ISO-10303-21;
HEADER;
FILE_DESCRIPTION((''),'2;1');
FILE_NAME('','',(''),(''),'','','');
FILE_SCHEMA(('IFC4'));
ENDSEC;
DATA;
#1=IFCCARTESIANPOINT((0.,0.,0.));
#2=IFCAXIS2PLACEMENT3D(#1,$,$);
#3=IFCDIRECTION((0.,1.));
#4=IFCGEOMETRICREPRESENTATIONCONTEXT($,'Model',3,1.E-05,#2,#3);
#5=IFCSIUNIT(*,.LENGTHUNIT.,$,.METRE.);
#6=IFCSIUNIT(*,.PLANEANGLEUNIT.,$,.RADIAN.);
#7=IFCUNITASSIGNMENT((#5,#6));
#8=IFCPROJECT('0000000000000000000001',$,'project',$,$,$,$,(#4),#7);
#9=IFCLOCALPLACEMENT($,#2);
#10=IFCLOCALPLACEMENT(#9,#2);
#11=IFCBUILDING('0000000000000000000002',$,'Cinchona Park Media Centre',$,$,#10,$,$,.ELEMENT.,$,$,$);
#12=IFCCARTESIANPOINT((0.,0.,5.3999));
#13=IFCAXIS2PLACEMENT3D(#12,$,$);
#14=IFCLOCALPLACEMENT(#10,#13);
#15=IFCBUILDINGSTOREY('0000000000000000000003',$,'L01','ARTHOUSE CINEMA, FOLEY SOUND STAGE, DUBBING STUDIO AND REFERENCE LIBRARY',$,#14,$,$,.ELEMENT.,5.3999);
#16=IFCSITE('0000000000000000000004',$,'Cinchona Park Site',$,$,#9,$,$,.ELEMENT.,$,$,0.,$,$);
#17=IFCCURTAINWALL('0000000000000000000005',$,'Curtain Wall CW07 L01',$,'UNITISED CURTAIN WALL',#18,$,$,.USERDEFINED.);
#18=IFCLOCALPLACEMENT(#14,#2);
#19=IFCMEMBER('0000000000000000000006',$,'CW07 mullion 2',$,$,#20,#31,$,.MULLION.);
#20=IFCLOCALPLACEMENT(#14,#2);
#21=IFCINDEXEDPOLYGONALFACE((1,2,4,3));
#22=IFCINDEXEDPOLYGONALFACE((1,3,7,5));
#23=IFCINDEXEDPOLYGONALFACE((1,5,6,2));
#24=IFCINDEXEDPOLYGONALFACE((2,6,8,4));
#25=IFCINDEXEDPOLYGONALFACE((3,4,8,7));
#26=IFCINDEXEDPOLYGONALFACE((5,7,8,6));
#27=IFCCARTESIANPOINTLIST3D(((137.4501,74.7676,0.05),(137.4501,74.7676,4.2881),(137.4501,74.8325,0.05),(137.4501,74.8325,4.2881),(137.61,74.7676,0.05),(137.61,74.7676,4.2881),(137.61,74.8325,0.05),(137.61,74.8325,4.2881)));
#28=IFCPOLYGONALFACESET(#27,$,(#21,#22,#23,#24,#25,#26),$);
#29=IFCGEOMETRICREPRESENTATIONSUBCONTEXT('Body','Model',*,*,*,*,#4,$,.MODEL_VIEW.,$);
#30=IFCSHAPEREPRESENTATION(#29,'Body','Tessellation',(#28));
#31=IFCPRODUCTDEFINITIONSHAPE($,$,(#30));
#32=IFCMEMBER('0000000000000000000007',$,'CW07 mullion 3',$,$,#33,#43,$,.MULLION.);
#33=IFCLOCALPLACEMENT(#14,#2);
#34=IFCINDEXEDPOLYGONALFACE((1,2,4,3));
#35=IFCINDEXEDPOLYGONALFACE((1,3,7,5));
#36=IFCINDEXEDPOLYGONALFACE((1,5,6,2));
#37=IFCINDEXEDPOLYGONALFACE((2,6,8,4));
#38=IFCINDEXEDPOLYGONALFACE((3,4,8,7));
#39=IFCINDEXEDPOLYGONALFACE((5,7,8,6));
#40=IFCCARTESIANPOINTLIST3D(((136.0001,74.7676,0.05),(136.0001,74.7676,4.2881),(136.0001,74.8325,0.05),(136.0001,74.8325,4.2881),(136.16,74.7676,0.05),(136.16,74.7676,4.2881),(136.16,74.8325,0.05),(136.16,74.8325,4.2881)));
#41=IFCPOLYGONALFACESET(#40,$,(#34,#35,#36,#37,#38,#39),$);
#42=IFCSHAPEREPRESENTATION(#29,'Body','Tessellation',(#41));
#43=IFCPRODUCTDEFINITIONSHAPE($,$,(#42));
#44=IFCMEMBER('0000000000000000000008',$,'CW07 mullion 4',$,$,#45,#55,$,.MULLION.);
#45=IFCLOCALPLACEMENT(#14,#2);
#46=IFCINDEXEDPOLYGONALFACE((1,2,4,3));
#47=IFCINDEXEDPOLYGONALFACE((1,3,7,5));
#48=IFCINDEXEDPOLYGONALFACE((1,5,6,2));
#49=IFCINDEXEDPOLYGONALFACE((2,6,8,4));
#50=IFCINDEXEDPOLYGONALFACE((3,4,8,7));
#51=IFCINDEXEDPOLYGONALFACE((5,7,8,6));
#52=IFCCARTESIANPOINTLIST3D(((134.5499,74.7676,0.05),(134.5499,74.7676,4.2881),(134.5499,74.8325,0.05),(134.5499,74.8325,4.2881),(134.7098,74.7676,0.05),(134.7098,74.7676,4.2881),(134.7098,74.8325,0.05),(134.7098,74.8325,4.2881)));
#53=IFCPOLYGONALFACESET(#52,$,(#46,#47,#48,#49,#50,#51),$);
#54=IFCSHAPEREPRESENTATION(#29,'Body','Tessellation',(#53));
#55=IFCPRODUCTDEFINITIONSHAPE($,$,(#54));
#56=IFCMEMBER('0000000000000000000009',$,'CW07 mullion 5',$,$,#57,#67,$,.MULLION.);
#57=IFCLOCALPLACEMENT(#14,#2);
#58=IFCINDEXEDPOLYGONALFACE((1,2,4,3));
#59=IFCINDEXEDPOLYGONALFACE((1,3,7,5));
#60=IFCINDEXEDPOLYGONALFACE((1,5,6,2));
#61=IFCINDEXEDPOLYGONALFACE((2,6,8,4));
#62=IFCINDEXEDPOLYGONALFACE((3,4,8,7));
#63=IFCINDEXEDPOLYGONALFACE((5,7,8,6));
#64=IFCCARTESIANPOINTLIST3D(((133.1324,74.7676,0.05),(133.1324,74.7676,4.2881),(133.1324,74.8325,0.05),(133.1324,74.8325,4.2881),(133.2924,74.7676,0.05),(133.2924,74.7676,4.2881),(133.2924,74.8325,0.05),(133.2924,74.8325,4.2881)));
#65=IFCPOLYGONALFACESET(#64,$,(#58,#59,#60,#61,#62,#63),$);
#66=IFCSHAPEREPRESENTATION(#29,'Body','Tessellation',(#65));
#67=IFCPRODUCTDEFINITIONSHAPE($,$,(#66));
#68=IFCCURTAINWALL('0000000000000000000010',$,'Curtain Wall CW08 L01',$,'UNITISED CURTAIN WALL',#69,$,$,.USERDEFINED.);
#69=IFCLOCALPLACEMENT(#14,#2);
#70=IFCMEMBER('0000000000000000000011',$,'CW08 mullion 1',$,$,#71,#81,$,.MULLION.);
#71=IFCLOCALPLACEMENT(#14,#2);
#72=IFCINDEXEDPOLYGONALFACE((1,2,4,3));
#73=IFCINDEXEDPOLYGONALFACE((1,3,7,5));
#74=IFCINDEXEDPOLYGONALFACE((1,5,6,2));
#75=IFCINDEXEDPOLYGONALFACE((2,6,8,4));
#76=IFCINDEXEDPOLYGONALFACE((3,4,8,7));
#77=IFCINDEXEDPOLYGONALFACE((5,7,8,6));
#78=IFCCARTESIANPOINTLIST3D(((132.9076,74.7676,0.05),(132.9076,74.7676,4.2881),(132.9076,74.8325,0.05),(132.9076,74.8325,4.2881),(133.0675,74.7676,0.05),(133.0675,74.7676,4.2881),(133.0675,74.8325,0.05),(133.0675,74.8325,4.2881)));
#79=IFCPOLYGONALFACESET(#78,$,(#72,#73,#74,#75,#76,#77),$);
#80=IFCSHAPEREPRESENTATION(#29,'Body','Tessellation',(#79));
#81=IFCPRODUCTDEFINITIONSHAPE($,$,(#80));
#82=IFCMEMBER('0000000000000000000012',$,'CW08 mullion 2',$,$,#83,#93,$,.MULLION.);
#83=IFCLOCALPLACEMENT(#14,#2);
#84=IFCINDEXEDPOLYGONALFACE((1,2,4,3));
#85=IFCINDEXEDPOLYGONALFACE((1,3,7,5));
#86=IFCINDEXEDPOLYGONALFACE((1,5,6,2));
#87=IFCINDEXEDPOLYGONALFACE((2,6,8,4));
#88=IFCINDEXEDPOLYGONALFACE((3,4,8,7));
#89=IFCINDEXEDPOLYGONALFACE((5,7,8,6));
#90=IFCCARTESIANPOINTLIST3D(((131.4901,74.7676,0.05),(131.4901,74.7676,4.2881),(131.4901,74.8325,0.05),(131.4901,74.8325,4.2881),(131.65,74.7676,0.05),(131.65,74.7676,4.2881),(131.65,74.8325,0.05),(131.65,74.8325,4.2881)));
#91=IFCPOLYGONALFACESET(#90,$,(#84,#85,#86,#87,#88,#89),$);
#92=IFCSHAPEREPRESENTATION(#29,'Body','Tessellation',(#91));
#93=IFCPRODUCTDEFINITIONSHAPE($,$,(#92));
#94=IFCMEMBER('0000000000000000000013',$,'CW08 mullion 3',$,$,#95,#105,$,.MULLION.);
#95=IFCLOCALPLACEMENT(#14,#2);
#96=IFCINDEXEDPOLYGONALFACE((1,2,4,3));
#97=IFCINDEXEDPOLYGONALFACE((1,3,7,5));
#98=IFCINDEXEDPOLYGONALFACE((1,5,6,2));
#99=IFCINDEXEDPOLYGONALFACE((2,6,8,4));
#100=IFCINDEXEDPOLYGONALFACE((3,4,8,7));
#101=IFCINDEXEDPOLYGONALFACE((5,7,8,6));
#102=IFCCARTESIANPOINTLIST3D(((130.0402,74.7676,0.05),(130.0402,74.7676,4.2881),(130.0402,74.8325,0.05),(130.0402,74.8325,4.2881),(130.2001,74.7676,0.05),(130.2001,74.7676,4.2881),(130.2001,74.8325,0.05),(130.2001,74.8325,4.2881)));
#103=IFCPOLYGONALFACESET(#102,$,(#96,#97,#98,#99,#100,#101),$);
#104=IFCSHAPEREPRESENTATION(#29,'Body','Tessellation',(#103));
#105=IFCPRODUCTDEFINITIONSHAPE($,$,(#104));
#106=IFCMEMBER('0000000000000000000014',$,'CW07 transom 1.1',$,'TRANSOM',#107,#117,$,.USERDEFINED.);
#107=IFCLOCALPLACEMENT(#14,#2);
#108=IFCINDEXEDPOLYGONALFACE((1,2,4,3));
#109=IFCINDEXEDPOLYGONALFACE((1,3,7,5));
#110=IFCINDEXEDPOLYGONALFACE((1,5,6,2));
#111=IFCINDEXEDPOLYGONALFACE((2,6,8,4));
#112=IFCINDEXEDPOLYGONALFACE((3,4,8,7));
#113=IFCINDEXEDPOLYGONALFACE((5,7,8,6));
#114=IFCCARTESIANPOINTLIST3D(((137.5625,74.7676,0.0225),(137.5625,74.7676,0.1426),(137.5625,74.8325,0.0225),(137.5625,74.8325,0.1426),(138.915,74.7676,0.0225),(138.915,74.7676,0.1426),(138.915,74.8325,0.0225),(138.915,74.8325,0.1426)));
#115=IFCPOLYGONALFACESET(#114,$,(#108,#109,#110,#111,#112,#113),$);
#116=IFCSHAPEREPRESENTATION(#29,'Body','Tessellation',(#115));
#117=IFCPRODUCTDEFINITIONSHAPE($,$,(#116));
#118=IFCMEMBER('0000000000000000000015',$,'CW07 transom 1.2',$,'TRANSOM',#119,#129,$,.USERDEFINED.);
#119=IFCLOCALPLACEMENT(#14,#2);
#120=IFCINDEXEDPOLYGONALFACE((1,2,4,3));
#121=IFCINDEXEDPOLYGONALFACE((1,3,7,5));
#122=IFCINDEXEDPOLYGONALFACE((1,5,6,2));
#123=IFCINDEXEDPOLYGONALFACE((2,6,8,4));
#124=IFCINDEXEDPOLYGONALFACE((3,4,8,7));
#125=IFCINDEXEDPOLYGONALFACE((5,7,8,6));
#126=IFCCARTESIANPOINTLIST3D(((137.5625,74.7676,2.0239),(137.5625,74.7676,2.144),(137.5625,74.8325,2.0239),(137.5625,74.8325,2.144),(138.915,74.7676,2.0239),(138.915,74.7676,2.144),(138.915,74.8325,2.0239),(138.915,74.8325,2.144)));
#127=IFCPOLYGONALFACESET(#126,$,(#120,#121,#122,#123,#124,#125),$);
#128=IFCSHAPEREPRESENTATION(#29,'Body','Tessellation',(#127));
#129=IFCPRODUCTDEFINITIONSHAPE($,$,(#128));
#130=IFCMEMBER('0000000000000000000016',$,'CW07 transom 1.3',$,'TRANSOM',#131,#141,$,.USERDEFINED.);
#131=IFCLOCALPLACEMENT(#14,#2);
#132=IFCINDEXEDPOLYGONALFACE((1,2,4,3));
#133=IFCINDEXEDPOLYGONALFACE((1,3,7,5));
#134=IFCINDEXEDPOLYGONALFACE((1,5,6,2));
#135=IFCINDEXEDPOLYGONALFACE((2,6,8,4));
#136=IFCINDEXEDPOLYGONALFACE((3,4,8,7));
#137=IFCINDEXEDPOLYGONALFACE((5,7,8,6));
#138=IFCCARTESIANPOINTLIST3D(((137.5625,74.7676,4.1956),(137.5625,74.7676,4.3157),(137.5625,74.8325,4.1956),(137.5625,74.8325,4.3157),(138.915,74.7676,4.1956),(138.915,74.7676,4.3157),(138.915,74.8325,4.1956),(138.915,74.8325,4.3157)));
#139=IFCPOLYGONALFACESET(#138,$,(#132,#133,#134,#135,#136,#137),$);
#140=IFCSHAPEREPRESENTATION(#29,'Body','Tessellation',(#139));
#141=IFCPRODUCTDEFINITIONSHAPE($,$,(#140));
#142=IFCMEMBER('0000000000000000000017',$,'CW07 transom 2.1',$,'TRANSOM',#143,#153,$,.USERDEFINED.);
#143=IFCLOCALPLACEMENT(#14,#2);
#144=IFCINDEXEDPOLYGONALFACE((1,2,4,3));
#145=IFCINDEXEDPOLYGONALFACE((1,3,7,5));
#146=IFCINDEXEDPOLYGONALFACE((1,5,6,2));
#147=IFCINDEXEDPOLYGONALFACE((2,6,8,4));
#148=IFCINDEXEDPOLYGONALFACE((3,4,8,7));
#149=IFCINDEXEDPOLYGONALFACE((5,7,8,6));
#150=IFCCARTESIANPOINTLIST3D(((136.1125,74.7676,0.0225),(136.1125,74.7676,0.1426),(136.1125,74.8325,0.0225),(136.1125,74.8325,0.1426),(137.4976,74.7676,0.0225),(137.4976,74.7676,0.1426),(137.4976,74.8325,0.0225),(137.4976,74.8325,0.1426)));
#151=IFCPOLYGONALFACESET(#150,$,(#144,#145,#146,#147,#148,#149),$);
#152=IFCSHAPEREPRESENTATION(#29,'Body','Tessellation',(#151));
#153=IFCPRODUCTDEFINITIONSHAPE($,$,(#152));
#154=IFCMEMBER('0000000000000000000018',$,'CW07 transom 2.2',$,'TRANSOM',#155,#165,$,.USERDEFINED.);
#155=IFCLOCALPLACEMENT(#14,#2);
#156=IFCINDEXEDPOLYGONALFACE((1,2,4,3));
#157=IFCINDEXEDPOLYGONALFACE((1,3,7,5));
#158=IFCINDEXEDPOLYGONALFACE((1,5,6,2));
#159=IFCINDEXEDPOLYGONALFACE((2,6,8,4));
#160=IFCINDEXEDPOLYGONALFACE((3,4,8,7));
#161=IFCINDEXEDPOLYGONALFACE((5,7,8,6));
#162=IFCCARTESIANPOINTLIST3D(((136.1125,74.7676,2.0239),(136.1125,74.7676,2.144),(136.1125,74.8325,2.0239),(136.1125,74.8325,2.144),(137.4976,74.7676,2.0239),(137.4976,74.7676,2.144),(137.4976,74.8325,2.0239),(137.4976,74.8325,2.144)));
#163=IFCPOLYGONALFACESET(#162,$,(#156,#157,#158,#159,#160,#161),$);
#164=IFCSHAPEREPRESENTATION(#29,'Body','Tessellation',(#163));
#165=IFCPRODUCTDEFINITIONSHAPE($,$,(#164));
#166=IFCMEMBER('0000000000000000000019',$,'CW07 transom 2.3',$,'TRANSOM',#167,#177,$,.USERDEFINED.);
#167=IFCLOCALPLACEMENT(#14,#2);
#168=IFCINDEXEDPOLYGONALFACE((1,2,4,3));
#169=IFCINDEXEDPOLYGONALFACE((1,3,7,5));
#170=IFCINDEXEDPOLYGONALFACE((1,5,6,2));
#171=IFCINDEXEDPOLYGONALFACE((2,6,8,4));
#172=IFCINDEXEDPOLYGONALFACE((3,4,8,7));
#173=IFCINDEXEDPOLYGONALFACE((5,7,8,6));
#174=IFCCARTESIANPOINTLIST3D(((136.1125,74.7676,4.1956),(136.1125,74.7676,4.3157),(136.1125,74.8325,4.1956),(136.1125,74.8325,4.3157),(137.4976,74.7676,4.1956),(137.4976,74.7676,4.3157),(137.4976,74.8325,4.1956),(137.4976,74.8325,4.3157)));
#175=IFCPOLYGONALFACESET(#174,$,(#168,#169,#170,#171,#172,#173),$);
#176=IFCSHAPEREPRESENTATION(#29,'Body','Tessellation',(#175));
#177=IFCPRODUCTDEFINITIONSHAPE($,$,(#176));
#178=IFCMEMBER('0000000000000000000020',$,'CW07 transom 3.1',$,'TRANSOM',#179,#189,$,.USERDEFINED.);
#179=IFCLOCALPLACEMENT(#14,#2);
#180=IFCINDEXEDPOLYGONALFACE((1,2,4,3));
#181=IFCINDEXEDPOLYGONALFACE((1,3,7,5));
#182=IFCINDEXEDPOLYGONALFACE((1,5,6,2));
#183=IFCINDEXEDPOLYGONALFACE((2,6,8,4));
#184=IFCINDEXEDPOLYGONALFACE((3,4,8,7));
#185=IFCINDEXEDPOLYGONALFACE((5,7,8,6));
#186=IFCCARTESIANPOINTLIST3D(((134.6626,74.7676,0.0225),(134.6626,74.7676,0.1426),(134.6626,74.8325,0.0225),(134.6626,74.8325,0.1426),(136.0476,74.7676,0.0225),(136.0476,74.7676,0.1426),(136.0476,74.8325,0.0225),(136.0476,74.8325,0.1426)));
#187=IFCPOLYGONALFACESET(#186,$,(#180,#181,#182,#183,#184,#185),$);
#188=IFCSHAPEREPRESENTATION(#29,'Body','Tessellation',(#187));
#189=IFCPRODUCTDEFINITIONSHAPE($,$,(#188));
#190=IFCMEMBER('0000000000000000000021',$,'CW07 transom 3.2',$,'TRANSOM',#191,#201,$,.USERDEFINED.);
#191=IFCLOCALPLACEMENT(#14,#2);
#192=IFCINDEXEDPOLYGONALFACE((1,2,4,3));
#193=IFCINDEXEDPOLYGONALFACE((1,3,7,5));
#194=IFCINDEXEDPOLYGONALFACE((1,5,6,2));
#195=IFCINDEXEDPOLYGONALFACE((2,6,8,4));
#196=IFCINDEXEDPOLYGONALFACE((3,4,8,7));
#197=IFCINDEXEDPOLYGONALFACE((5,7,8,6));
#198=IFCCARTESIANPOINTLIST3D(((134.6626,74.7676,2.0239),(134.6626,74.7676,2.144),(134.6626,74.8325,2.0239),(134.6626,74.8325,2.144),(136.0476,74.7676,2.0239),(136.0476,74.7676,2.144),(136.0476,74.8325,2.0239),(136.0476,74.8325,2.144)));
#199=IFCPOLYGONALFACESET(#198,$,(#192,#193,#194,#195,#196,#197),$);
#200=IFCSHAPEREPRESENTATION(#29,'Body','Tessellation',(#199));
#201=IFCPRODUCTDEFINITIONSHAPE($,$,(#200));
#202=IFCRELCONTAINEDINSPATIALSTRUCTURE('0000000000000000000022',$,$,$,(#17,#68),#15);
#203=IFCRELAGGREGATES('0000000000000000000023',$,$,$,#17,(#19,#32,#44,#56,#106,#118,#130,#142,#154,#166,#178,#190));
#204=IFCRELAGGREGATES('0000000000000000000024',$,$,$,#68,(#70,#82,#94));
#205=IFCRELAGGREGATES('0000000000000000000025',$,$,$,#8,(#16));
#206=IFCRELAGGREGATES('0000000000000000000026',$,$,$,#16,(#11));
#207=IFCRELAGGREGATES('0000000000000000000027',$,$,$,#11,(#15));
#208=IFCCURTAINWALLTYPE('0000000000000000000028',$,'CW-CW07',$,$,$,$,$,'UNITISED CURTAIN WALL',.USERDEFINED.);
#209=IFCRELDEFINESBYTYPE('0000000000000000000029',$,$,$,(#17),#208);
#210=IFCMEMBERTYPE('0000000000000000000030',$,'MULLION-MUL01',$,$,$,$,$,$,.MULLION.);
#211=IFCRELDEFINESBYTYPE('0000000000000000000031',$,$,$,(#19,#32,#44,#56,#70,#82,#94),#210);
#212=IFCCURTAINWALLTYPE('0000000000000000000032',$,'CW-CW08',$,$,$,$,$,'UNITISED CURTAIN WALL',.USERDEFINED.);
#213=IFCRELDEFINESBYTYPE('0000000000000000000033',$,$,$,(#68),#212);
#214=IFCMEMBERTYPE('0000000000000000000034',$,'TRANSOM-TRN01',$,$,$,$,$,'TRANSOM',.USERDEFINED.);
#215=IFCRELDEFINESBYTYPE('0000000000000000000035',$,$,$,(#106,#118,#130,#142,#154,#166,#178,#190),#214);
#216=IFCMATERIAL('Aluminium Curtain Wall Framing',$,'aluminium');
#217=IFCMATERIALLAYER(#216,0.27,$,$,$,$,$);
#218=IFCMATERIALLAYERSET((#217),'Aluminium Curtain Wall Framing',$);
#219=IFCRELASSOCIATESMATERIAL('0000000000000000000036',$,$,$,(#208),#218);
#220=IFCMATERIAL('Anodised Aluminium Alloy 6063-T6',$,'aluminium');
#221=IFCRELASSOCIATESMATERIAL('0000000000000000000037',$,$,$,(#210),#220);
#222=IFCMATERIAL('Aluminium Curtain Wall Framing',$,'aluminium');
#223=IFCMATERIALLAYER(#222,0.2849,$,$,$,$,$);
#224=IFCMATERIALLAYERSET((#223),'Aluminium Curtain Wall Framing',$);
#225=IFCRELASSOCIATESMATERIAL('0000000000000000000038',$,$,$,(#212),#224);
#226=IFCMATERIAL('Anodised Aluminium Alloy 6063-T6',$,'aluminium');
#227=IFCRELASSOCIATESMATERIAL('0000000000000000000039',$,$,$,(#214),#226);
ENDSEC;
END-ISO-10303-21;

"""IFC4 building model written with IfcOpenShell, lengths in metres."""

from ifc_helpers import new_model, si_unit, direction, frame, origin, origin_2d, place, context, subcontext, project, spatial, rectangle, extrude, material, layer, layer_set, material_profile, profile_set, type_object, element, aggregate, save


model = new_model("IFC4")

# Units and contexts
model_context = context("Model", 3, precision=1e-05, world=origin(), true_north=direction((0.0, 1.0)))
body_context = subcontext(model_context, "Body", "Model", "MODEL_VIEW")
ifc_project = project(units=[si_unit("LENGTHUNIT", "METRE"), si_unit("PLANEANGLEUNIT", "RADIAN")], contexts=[model_context])

# Site, building, storey
site_placement = place(None, origin())
site = spatial("IfcSite", under=ifc_project, at=site_placement, Name="Cinchona Park Site", CompositionType="ELEMENT", RefElevation=0.0)
building_placement = place(site_placement, origin())
building = spatial("IfcBuilding", under=site, at=building_placement, Name="Cinchona Park Media Centre", CompositionType="ELEMENT")
storey_placement = place(building_placement, frame((0.0, 0.0, 5.3999)))
storey = spatial("IfcBuildingStorey", under=building, at=storey_placement, Name="L01", Description="ARTHOUSE CINEMA, FOLEY SOUND STAGE, DUBBING STUDIO AND REFERENCE LIBRARY", CompositionType="ELEMENT", Elevation=5.3999)

# Curtain walls, members
ifc_material_1 = material(Name="Aluminium Curtain Wall Framing", Category="aluminium")
ifc_layer_1 = layer(ifc_material_1, 0.27)
ifc_layer_set_1 = layer_set([ifc_layer_1], Name="Aluminium Curtain Wall Framing")
curtain_wall_type_1 = type_object("IfcCurtainWallType", Name="CW-CW07", ElementType="UNITISED CURTAIN WALL", PredefinedType="USERDEFINED", material=ifc_layer_set_1)
curtain_wall_1_placement = place(storey_placement, origin())
curtain_wall_1 = element("IfcCurtainWall", 1, at=curtain_wall_1_placement, inside=storey, type_object=curtain_wall_type_1, Name="Curtain Wall CW07 L01", ObjectType="UNITISED CURTAIN WALL", PredefinedType="USERDEFINED")
ifc_material_2 = material(Name="Anodised Aluminium Alloy 6063-T6", Category="aluminium")
ifc_material_profile_1 = material_profile(ifc_material_2, rectangle(XDim=0.0649, YDim=0.1599, at=origin_2d()), Name="MUL-65X160")
ifc_profile_set_1 = profile_set([ifc_material_profile_1], Name="Anodised Aluminium Alloy 6063-T6")
member_type_1 = type_object("IfcMemberType", Name="MULLION-MUL01", PredefinedType="MULLION", material=ifc_profile_set_1)
member_1_placement = place(storey_placement, frame((137.53, 74.8, 0.05), z_axis=(0.0, 0.0, 1.0), x_axis=(0.0, -1.0, 0.0)))
member_1 = element("IfcMember", 2, at=member_1_placement, type_object=member_type_1, Name="CW07 mullion 2", PredefinedType="MULLION", context=body_context, shape_type="SweptSolid", body=[
    extrude(rectangle(XDim=0.0649, YDim=0.1599, at=origin_2d()), origin(), (0.0, 0.0, 1.0), 4.238),
])
member_2_placement = place(storey_placement, frame((136.0801, 74.8, 0.05), z_axis=(0.0, 0.0, 1.0), x_axis=(0.0, -1.0, 0.0)))
member_2 = element("IfcMember", 3, at=member_2_placement, type_object=member_type_1, Name="CW07 mullion 3", PredefinedType="MULLION", context=body_context, shape_type="SweptSolid", body=[
    extrude(rectangle(XDim=0.0649, YDim=0.1599, at=origin_2d()), origin(), (0.0, 0.0, 1.0), 4.238),
])
member_3_placement = place(storey_placement, frame((134.6299, 74.8, 0.05), z_axis=(0.0, 0.0, 1.0), x_axis=(0.0, -1.0, 0.0)))
member_3 = element("IfcMember", 4, at=member_3_placement, type_object=member_type_1, Name="CW07 mullion 4", PredefinedType="MULLION", context=body_context, shape_type="SweptSolid", body=[
    extrude(rectangle(XDim=0.0649, YDim=0.1599, at=origin_2d()), origin(), (0.0, 0.0, 1.0), 4.238),
])
member_4_placement = place(storey_placement, frame((133.2124, 74.8, 0.05), z_axis=(0.0, 0.0, 1.0), x_axis=(0.0, -1.0, 0.0)))
member_4 = element("IfcMember", 5, at=member_4_placement, type_object=member_type_1, Name="CW07 mullion 5", PredefinedType="MULLION", context=body_context, shape_type="SweptSolid", body=[
    extrude(rectangle(XDim=0.0649, YDim=0.1599, at=origin_2d()), origin(), (0.0, 0.0, 1.0), 4.238),
])
ifc_material_3 = material(Name="Aluminium Curtain Wall Framing", Category="aluminium")
ifc_layer_2 = layer(ifc_material_3, 0.2849)
ifc_layer_set_2 = layer_set([ifc_layer_2], Name="Aluminium Curtain Wall Framing")
curtain_wall_type_2 = type_object("IfcCurtainWallType", Name="CW-CW08", ElementType="UNITISED CURTAIN WALL", PredefinedType="USERDEFINED", material=ifc_layer_set_2)
curtain_wall_2_placement = place(storey_placement, origin())
curtain_wall_2 = element("IfcCurtainWall", 6, at=curtain_wall_2_placement, inside=storey, type_object=curtain_wall_type_2, Name="Curtain Wall CW08 L01", ObjectType="UNITISED CURTAIN WALL", PredefinedType="USERDEFINED")
member_5_placement = place(storey_placement, frame((132.9875, 74.8, 0.05), z_axis=(0.0, 0.0, 1.0), x_axis=(0.0, -1.0, 0.0)))
member_5 = element("IfcMember", 7, at=member_5_placement, type_object=member_type_1, Name="CW08 mullion 1", PredefinedType="MULLION", context=body_context, shape_type="SweptSolid", body=[
    extrude(rectangle(XDim=0.0649, YDim=0.1599, at=origin_2d()), origin(), (0.0, 0.0, 1.0), 4.238),
])
member_6_placement = place(storey_placement, frame((131.5701, 74.8, 0.05), z_axis=(0.0, 0.0, 1.0), x_axis=(0.0, -1.0, 0.0)))
member_6 = element("IfcMember", 8, at=member_6_placement, type_object=member_type_1, Name="CW08 mullion 2", PredefinedType="MULLION", context=body_context, shape_type="SweptSolid", body=[
    extrude(rectangle(XDim=0.0649, YDim=0.1599, at=origin_2d()), origin(), (0.0, 0.0, 1.0), 4.238),
])
member_7_placement = place(storey_placement, frame((130.1201, 74.8, 0.05), z_axis=(0.0, 0.0, 1.0), x_axis=(0.0, -1.0, 0.0)))
member_7 = element("IfcMember", 9, at=member_7_placement, type_object=member_type_1, Name="CW08 mullion 3", PredefinedType="MULLION", context=body_context, shape_type="SweptSolid", body=[
    extrude(rectangle(XDim=0.0649, YDim=0.1599, at=origin_2d()), origin(), (0.0, 0.0, 1.0), 4.238),
])

# Members
ifc_material_4 = material(Name="Anodised Aluminium Alloy 6063-T6", Category="aluminium")
ifc_material_profile_2 = material_profile(ifc_material_4, rectangle(XDim=0.0649, YDim=0.1201, at=origin_2d()), Name="TRN-65X120")
ifc_profile_set_2 = profile_set([ifc_material_profile_2], Name="Anodised Aluminium Alloy 6063-T6")
member_type_2 = type_object("IfcMemberType", Name="TRANSOM-TRN01", ElementType="TRANSOM", PredefinedType="USERDEFINED", material=ifc_profile_set_2)
member_8_placement = place(storey_placement, frame((138.915, 74.8, 0.0825), z_axis=(-1.0, 0.0, 0.0), x_axis=(0.0, -1.0, 0.0)))
member_8 = element("IfcMember", 10, at=member_8_placement, type_object=member_type_2, Name="CW07 transom 1.1", ObjectType="TRANSOM", PredefinedType="USERDEFINED", context=body_context, shape_type="SweptSolid", body=[
    extrude(rectangle(XDim=0.0649, YDim=0.1201, at=origin_2d()), origin(), (0.0, 0.0, 1.0), 1.3525),
])
member_9_placement = place(storey_placement, frame((138.915, 74.8, 2.084), z_axis=(-1.0, 0.0, 0.0), x_axis=(0.0, -1.0, 0.0)))
member_9 = element("IfcMember", 11, at=member_9_placement, type_object=member_type_2, Name="CW07 transom 1.2", ObjectType="TRANSOM", PredefinedType="USERDEFINED", context=body_context, shape_type="SweptSolid", body=[
    extrude(rectangle(XDim=0.0649, YDim=0.1201, at=origin_2d()), origin(), (0.0, 0.0, 1.0), 1.3525),
])
member_10_placement = place(storey_placement, frame((138.915, 74.8, 4.2556), z_axis=(-1.0, 0.0, 0.0), x_axis=(0.0, -1.0, 0.0)))
member_10 = element("IfcMember", 12, at=member_10_placement, type_object=member_type_2, Name="CW07 transom 1.3", ObjectType="TRANSOM", PredefinedType="USERDEFINED", context=body_context, shape_type="SweptSolid", body=[
    extrude(rectangle(XDim=0.0649, YDim=0.1201, at=origin_2d()), origin(), (0.0, 0.0, 1.0), 1.3525),
])
member_11_placement = place(storey_placement, frame((137.4976, 74.8, 0.0825), z_axis=(-1.0, 0.0, 0.0), x_axis=(0.0, -1.0, 0.0)))
member_11 = element("IfcMember", 13, at=member_11_placement, type_object=member_type_2, Name="CW07 transom 2.1", ObjectType="TRANSOM", PredefinedType="USERDEFINED", context=body_context, shape_type="SweptSolid", body=[
    extrude(rectangle(XDim=0.0649, YDim=0.1201, at=origin_2d()), origin(), (0.0, 0.0, 1.0), 1.385),
])
member_12_placement = place(storey_placement, frame((137.4976, 74.8, 2.084), z_axis=(-1.0, 0.0, 0.0), x_axis=(0.0, -1.0, 0.0)))
member_12 = element("IfcMember", 14, at=member_12_placement, type_object=member_type_2, Name="CW07 transom 2.2", ObjectType="TRANSOM", PredefinedType="USERDEFINED", context=body_context, shape_type="SweptSolid", body=[
    extrude(rectangle(XDim=0.0649, YDim=0.1201, at=origin_2d()), origin(), (0.0, 0.0, 1.0), 1.385),
])
member_13_placement = place(storey_placement, frame((137.4976, 74.8, 4.2556), z_axis=(-1.0, 0.0, 0.0), x_axis=(0.0, -1.0, 0.0)))
member_13 = element("IfcMember", 15, at=member_13_placement, type_object=member_type_2, Name="CW07 transom 2.3", ObjectType="TRANSOM", PredefinedType="USERDEFINED", context=body_context, shape_type="SweptSolid", body=[
    extrude(rectangle(XDim=0.0649, YDim=0.1201, at=origin_2d()), origin(), (0.0, 0.0, 1.0), 1.385),
])
member_14_placement = place(storey_placement, frame((136.0476, 74.8, 0.0825), z_axis=(-1.0, 0.0, 0.0), x_axis=(0.0, -1.0, 0.0)))
member_14 = element("IfcMember", 16, at=member_14_placement, type_object=member_type_2, Name="CW07 transom 3.1", ObjectType="TRANSOM", PredefinedType="USERDEFINED", context=body_context, shape_type="SweptSolid", body=[
    extrude(rectangle(XDim=0.0649, YDim=0.1201, at=origin_2d()), origin(), (0.0, 0.0, 1.0), 1.385),
])
member_15_placement = place(storey_placement, frame((136.0476, 74.8, 2.084), z_axis=(-1.0, 0.0, 0.0), x_axis=(0.0, -1.0, 0.0)))
member_15 = element("IfcMember", 17, at=member_15_placement, type_object=member_type_2, Name="CW07 transom 3.2", ObjectType="TRANSOM", PredefinedType="USERDEFINED", context=body_context, shape_type="SweptSolid", body=[
    extrude(rectangle(XDim=0.0649, YDim=0.1201, at=origin_2d()), origin(), (0.0, 0.0, 1.0), 1.385),
])

aggregate(curtain_wall_1, [member_1, member_2, member_3, member_4, member_8, member_9, member_10, member_11, member_12, member_13, member_14, member_15])
aggregate(curtain_wall_2, [member_5, member_6, member_7])

save(model, "model.ifc")
